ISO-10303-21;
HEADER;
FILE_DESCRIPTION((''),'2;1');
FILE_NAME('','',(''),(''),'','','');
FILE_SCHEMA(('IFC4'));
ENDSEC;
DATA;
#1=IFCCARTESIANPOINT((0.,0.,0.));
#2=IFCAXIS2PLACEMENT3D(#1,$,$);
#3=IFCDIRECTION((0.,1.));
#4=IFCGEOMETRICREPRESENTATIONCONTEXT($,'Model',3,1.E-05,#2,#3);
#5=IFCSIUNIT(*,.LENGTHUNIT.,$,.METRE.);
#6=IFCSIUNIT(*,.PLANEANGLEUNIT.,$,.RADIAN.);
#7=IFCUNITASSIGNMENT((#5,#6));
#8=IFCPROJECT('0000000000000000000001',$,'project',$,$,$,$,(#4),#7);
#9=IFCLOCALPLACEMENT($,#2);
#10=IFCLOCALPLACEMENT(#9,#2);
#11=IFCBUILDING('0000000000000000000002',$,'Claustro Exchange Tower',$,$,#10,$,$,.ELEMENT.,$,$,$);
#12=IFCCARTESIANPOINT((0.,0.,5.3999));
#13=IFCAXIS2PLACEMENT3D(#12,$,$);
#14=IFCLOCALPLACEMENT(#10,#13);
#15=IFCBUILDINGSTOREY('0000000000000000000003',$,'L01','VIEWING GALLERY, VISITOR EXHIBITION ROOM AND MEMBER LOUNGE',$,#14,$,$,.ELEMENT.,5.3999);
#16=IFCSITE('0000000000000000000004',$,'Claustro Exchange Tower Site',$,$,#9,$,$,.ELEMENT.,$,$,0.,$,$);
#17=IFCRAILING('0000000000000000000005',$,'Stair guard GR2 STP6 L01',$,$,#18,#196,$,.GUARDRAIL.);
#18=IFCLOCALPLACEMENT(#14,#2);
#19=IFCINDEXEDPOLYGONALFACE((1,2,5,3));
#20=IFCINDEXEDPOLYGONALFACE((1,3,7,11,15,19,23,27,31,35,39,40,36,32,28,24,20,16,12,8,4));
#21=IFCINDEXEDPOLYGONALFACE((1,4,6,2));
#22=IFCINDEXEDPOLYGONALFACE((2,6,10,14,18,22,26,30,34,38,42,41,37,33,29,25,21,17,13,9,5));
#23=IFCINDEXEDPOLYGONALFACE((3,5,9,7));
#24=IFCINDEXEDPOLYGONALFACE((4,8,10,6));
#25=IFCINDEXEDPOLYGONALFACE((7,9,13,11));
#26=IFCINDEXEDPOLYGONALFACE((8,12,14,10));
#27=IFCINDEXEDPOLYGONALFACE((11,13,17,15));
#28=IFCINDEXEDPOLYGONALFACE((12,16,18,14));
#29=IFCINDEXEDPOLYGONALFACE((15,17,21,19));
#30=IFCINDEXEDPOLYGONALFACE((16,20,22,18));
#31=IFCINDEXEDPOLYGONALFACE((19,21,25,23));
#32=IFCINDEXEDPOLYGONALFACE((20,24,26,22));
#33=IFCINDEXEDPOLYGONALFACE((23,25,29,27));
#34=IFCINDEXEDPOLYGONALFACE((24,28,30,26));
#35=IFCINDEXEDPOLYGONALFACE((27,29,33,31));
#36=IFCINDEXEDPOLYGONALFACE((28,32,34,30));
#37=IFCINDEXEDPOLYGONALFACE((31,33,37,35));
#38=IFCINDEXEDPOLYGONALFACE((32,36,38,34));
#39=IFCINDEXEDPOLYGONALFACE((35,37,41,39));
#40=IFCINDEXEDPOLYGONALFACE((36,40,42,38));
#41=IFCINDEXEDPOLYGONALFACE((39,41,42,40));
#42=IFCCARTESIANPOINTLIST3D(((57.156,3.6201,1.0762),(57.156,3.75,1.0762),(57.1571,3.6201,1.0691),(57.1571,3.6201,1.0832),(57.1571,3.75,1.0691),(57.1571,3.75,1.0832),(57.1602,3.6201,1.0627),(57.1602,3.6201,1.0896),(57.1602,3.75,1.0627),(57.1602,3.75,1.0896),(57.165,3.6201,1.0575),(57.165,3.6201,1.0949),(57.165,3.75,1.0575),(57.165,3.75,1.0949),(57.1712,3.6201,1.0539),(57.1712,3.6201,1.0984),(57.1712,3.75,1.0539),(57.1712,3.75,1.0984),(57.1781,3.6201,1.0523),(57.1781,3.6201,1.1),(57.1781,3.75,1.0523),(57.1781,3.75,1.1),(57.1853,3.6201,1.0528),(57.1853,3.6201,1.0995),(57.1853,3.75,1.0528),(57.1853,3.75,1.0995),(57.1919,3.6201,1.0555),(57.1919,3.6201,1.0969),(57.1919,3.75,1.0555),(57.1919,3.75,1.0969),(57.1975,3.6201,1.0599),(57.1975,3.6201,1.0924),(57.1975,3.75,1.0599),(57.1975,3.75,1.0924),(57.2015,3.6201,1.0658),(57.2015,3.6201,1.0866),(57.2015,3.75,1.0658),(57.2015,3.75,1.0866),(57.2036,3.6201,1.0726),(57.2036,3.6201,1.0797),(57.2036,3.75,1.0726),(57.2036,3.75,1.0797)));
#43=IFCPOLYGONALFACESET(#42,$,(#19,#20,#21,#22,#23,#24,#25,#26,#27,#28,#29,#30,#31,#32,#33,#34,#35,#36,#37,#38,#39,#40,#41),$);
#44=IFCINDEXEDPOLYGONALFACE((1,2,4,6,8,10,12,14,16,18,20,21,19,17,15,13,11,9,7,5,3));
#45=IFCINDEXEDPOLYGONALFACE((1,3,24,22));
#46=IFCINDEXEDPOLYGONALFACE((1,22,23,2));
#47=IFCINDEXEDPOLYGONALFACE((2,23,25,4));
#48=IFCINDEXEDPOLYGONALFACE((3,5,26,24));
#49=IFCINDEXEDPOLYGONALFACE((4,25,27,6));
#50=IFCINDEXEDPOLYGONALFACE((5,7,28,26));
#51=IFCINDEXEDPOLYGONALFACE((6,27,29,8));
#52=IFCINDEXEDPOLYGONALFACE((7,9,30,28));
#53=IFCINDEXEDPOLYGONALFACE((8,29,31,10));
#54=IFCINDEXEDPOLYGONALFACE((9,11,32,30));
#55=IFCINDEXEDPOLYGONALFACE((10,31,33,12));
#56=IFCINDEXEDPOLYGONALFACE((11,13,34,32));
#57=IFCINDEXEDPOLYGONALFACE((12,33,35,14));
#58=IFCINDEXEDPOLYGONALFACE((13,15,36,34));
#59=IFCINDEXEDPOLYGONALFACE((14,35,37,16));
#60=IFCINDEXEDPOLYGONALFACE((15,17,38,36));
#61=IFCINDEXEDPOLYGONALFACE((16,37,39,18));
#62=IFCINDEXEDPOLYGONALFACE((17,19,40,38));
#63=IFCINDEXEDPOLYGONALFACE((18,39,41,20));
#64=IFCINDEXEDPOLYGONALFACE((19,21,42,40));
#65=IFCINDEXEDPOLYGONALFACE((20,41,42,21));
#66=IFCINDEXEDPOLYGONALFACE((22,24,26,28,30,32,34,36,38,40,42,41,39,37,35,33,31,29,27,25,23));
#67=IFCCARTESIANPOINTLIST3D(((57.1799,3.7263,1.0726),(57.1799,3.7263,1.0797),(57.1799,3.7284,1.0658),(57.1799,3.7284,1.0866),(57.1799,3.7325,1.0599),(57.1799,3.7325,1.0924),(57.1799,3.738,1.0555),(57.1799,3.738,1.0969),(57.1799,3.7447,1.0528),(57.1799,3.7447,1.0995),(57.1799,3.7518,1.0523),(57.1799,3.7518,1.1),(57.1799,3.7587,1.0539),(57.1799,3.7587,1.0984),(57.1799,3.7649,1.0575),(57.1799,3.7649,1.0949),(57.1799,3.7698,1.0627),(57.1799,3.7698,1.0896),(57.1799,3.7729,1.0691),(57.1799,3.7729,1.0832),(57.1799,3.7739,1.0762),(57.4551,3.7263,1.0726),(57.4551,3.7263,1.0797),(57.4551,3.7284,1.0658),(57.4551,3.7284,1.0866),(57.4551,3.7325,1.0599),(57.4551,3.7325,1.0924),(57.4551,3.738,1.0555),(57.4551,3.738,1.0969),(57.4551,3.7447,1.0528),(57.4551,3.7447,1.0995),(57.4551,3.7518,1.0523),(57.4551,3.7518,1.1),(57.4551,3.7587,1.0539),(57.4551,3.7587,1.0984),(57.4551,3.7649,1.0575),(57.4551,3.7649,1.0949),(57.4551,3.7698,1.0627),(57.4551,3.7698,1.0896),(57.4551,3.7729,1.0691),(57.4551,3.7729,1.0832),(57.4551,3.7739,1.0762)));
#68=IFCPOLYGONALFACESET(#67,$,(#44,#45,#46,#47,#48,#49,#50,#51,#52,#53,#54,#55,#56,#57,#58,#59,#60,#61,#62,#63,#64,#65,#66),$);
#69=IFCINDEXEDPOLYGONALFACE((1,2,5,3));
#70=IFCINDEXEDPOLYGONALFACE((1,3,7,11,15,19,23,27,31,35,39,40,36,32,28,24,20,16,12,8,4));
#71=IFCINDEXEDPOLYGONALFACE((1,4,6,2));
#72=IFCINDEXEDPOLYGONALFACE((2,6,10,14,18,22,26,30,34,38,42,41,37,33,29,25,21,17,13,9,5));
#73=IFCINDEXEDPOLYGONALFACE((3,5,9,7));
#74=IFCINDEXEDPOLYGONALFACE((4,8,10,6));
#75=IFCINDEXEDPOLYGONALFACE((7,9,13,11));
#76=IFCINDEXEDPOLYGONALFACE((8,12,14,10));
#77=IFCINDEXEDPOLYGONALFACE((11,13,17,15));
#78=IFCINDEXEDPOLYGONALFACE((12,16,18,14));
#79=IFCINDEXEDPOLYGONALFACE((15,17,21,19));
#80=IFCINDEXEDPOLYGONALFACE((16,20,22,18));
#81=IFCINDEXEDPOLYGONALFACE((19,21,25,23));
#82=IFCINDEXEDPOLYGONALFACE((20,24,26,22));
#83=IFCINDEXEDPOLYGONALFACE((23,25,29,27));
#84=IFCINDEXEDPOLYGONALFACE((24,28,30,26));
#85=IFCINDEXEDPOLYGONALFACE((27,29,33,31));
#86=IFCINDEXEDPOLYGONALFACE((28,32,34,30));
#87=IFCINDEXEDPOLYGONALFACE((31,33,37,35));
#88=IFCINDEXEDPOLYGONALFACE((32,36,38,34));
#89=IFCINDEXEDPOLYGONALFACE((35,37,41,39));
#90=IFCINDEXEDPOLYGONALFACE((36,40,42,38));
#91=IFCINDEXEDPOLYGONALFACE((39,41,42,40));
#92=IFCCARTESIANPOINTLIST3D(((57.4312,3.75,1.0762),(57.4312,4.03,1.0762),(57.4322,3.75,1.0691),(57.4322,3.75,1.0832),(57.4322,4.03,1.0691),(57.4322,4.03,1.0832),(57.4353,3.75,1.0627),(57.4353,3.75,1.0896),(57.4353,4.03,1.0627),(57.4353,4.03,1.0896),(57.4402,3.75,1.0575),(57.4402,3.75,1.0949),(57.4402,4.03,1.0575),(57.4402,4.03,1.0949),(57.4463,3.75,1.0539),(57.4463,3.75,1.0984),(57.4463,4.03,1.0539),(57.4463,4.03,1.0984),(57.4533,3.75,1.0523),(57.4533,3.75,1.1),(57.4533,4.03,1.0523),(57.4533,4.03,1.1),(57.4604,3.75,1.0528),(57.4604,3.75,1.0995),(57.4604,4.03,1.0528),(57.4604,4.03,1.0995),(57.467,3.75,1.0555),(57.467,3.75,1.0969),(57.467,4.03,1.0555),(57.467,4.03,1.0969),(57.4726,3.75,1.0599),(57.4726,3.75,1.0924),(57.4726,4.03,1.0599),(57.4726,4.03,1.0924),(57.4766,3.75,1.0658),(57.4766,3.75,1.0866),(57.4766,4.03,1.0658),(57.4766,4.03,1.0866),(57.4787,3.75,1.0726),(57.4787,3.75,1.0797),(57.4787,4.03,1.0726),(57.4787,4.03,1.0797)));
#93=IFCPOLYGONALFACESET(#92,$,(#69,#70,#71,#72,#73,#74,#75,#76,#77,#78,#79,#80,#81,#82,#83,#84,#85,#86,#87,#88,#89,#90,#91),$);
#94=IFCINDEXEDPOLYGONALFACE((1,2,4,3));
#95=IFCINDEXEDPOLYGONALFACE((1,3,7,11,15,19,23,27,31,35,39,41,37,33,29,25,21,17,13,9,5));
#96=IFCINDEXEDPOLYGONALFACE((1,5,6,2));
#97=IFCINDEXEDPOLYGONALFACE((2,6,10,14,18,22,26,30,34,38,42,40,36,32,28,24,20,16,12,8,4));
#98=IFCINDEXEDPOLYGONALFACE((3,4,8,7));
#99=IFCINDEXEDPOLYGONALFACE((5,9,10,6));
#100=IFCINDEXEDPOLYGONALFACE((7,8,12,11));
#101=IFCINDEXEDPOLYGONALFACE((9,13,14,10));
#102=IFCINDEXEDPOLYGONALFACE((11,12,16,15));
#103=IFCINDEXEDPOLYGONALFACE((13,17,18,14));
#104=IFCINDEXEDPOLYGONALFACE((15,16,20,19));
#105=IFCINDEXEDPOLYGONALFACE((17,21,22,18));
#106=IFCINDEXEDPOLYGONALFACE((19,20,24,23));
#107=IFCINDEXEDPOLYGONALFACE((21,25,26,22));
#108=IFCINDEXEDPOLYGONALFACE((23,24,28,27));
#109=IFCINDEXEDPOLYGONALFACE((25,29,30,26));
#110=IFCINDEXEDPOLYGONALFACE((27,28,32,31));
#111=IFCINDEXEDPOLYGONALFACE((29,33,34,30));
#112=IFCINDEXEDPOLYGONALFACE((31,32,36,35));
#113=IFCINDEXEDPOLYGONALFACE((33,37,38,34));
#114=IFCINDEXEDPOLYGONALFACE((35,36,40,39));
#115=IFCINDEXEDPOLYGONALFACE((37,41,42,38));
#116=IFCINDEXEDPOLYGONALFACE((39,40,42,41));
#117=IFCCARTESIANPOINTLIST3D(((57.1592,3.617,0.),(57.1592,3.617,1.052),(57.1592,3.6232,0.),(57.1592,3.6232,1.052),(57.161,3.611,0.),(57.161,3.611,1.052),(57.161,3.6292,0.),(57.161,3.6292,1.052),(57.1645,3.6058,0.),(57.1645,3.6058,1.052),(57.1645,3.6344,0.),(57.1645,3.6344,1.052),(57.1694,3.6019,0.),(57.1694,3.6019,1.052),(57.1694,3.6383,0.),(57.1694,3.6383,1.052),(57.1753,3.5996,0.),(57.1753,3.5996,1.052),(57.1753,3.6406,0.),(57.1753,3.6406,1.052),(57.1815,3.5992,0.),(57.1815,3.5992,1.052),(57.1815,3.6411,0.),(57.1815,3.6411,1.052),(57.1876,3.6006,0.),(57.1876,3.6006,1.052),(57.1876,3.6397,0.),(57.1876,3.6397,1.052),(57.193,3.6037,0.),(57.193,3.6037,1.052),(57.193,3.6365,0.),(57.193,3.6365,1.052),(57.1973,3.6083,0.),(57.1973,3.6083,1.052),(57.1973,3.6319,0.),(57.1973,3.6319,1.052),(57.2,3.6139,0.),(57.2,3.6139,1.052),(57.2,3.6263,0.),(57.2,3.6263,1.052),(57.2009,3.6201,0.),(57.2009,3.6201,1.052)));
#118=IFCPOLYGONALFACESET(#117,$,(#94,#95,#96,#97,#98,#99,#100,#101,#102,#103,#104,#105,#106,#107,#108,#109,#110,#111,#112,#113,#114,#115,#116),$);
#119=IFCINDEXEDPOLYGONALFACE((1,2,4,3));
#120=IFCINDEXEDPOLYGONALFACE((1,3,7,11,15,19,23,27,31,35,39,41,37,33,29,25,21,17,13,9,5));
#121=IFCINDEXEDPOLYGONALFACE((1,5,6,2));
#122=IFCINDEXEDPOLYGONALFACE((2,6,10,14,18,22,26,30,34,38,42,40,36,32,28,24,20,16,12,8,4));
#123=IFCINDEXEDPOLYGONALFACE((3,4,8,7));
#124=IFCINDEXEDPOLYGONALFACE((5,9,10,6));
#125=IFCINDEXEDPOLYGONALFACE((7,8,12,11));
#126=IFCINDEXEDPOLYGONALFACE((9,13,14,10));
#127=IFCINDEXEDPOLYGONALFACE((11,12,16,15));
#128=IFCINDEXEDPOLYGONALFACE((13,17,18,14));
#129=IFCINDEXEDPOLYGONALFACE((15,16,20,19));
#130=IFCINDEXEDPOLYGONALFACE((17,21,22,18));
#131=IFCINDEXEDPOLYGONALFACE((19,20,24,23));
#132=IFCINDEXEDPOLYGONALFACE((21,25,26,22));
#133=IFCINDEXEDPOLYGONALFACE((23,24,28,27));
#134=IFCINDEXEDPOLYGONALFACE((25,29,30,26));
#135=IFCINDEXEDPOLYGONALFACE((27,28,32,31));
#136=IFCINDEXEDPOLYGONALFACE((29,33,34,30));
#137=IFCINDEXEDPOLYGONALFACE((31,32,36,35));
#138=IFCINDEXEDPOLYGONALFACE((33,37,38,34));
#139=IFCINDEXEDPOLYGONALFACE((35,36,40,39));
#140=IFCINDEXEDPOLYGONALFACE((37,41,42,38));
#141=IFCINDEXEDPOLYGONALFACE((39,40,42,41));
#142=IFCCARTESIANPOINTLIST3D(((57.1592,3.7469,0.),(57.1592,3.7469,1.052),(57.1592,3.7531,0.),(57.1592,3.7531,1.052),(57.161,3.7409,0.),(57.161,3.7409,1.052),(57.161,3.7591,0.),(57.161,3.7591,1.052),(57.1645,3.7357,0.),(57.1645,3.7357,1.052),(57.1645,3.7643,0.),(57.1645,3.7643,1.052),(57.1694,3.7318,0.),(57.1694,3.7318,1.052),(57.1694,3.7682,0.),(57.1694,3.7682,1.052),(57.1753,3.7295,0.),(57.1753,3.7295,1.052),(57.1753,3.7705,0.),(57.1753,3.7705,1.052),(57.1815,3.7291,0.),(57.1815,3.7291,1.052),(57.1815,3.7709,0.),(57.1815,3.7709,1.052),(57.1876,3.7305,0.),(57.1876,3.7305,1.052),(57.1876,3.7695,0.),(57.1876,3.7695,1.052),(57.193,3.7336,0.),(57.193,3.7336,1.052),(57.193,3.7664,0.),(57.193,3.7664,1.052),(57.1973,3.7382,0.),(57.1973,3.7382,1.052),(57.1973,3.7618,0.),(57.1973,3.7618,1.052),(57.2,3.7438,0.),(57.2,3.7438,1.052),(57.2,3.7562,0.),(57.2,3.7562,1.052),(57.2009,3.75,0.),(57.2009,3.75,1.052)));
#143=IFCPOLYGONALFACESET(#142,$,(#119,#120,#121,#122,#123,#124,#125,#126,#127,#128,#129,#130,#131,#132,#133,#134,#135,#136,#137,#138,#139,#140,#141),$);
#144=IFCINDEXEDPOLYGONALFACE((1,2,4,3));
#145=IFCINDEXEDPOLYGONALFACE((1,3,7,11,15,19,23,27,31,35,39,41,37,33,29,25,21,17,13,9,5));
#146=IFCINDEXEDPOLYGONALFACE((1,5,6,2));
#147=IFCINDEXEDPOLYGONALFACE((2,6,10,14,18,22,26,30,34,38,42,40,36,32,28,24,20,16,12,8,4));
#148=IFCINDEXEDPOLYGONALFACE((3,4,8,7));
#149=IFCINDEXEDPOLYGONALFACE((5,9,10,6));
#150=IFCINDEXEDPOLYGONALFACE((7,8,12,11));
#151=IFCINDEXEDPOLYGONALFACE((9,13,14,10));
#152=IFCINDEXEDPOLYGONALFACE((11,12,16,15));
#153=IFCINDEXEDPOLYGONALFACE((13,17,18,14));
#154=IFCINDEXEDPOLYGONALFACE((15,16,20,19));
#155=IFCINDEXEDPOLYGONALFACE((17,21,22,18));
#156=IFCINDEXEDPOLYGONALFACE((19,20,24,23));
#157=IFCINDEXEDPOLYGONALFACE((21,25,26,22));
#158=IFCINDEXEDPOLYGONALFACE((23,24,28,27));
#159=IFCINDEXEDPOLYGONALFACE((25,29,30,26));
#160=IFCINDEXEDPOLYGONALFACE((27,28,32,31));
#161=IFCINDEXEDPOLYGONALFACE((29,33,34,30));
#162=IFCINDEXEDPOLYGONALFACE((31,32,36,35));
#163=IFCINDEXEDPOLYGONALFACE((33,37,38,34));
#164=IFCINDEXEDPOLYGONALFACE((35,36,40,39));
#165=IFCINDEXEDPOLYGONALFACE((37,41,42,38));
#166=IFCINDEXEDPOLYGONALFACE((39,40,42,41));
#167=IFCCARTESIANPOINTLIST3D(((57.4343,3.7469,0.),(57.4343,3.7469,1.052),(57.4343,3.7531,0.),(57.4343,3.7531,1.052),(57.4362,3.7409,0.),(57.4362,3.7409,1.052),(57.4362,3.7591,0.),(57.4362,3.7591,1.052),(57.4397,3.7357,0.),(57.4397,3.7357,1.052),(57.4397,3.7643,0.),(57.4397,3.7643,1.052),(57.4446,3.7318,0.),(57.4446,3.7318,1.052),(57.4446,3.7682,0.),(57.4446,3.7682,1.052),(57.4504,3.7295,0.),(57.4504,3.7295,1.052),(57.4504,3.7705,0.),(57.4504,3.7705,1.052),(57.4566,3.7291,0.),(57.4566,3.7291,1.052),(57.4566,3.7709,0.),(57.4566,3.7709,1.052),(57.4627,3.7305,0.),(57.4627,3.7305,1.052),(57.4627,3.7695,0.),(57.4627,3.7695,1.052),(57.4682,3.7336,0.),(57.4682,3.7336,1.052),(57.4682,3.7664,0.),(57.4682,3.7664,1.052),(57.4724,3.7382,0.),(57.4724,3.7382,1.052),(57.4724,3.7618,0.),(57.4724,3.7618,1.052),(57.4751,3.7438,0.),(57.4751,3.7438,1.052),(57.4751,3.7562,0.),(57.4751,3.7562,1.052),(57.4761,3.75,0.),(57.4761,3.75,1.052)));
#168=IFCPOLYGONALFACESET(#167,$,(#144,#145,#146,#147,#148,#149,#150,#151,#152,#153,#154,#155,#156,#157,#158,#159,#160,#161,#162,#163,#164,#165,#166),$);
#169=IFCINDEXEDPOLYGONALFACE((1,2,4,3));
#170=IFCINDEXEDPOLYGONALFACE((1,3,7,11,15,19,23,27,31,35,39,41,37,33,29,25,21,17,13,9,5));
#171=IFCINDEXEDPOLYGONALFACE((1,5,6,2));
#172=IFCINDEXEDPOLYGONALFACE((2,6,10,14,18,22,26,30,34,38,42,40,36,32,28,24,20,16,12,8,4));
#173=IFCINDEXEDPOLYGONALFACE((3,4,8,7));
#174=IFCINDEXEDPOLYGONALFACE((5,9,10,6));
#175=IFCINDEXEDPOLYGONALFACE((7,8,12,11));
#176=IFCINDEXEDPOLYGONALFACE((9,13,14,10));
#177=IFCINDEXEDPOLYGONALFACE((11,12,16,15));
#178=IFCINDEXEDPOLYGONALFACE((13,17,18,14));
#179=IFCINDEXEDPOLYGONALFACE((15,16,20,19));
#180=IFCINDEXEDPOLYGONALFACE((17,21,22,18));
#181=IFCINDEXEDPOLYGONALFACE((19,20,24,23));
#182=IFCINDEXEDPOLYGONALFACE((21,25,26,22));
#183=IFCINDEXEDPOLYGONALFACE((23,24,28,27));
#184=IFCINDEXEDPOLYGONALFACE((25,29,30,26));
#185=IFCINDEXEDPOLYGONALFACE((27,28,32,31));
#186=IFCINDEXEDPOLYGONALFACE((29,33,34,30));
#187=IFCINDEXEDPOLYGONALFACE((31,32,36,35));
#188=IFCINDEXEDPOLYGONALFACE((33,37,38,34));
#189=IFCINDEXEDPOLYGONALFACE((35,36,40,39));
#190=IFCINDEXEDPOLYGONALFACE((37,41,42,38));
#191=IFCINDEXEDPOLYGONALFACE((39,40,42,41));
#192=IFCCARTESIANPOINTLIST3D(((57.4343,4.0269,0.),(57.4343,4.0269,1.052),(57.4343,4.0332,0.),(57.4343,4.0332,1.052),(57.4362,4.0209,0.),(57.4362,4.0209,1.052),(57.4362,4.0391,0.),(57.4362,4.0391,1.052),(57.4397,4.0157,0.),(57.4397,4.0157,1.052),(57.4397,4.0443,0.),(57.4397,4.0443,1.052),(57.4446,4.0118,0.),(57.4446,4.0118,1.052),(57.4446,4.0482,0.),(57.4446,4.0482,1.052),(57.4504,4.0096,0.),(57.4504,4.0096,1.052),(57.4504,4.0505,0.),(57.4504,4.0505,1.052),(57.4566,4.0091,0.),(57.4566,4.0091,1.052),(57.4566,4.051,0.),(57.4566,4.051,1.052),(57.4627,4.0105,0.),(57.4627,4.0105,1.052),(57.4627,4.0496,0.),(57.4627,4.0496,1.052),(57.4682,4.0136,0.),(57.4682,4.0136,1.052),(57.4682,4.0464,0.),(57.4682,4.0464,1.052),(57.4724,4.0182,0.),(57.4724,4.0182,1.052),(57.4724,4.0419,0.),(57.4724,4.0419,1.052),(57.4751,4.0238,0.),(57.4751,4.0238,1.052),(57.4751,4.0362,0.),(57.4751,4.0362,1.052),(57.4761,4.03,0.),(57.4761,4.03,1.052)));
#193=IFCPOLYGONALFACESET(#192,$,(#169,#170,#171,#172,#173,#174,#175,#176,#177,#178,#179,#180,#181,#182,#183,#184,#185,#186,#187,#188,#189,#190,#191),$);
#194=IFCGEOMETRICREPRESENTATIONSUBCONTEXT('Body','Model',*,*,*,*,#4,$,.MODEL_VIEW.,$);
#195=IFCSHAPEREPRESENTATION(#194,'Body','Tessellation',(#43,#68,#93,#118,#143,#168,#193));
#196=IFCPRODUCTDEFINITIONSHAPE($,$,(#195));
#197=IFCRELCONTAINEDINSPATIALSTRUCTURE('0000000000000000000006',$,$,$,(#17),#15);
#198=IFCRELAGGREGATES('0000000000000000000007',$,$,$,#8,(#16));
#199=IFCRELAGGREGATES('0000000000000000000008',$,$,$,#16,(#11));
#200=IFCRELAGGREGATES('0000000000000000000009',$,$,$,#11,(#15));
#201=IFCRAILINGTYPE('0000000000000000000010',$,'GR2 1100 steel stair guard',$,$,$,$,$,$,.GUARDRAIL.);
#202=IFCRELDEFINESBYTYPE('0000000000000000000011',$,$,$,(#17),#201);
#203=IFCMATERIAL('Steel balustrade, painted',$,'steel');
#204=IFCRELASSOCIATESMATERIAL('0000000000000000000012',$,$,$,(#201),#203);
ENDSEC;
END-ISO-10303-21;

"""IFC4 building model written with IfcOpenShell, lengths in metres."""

from ifc_helpers import new_model, si_unit, direction, frame, origin, origin_2d, place, context, subcontext, project, spatial, circle, extrude, material, type_object, element, save


model = new_model("IFC4")

# Units and contexts
model_context = context("Model", 3, precision=1e-05, world=origin(), true_north=direction((0.0, 1.0)))
body_context = subcontext(model_context, "Body", "Model", "MODEL_VIEW")
ifc_project = project(units=[si_unit("LENGTHUNIT", "METRE"), si_unit("PLANEANGLEUNIT", "RADIAN")], contexts=[model_context])

# Site, building, storey
site_placement = place(None, origin())
site = spatial("IfcSite", under=ifc_project, at=site_placement, Name="Claustro Exchange Tower Site", CompositionType="ELEMENT", RefElevation=0.0)
building_placement = place(site_placement, origin())
building = spatial("IfcBuilding", under=site, at=building_placement, Name="Claustro Exchange Tower", CompositionType="ELEMENT")
storey_placement = place(building_placement, frame((0.0, 0.0, 5.3999)))
storey = spatial("IfcBuildingStorey", under=building, at=storey_placement, Name="L01", Description="VIEWING GALLERY, VISITOR EXHIBITION ROOM AND MEMBER LOUNGE", CompositionType="ELEMENT", Elevation=5.3999)

# Railing
ifc_material_1 = material(Name="Steel balustrade, painted", Category="steel")
railing_type_1 = type_object("IfcRailingType", Name="GR2 1100 steel stair guard", PredefinedType="GUARDRAIL", material=ifc_material_1)
railing_1_placement = place(storey_placement, frame((57.1799, 3.6201, 0.0)))
element("IfcRailing", 1, at=railing_1_placement, inside=storey, type_object=railing_type_1, Name="Stair guard GR2 STP6 L01", PredefinedType="GUARDRAIL", context=body_context, shape_type="SweptSolid", body=[
    extrude(circle(Radius=0.0239, at=origin_2d()), frame((0.0, 0.0, 1.0762), z_axis=(0.0, 1.0, 0.0), x_axis=(-1.0, 0.0, 0.0)), (0.0, 0.0, 1.0), 0.1299),
    extrude(circle(Radius=0.0239, at=origin_2d()), frame((0.0, 0.1299, 1.0762), z_axis=(1.0, 0.0, 0.0), x_axis=(0.0, 1.0, 0.0)), (0.0, 0.0, 1.0), 0.2751),
    extrude(circle(Radius=0.0239, at=origin_2d()), frame((0.2751, 0.1299, 1.0762), z_axis=(0.0, 1.0, 0.0), x_axis=(-1.0, 0.0, 0.0)), (0.0, 0.0, 1.0), 0.28),
    extrude(circle(Radius=0.021, at=origin_2d()), origin(), (0.0, 0.0, 1.0), 1.052),
    extrude(circle(Radius=0.021, at=origin_2d()), frame((0.0, 0.1299, 0.0)), (0.0, 0.0, 1.0), 1.052),
    extrude(circle(Radius=0.021, at=origin_2d()), frame((0.2751, 0.1299, 0.0)), (0.0, 0.0, 1.0), 1.052),
    extrude(circle(Radius=0.021, at=origin_2d()), frame((0.2751, 0.4099, 0.0)), (0.0, 0.0, 1.0), 1.052),
])

save(model, "model.ifc")
